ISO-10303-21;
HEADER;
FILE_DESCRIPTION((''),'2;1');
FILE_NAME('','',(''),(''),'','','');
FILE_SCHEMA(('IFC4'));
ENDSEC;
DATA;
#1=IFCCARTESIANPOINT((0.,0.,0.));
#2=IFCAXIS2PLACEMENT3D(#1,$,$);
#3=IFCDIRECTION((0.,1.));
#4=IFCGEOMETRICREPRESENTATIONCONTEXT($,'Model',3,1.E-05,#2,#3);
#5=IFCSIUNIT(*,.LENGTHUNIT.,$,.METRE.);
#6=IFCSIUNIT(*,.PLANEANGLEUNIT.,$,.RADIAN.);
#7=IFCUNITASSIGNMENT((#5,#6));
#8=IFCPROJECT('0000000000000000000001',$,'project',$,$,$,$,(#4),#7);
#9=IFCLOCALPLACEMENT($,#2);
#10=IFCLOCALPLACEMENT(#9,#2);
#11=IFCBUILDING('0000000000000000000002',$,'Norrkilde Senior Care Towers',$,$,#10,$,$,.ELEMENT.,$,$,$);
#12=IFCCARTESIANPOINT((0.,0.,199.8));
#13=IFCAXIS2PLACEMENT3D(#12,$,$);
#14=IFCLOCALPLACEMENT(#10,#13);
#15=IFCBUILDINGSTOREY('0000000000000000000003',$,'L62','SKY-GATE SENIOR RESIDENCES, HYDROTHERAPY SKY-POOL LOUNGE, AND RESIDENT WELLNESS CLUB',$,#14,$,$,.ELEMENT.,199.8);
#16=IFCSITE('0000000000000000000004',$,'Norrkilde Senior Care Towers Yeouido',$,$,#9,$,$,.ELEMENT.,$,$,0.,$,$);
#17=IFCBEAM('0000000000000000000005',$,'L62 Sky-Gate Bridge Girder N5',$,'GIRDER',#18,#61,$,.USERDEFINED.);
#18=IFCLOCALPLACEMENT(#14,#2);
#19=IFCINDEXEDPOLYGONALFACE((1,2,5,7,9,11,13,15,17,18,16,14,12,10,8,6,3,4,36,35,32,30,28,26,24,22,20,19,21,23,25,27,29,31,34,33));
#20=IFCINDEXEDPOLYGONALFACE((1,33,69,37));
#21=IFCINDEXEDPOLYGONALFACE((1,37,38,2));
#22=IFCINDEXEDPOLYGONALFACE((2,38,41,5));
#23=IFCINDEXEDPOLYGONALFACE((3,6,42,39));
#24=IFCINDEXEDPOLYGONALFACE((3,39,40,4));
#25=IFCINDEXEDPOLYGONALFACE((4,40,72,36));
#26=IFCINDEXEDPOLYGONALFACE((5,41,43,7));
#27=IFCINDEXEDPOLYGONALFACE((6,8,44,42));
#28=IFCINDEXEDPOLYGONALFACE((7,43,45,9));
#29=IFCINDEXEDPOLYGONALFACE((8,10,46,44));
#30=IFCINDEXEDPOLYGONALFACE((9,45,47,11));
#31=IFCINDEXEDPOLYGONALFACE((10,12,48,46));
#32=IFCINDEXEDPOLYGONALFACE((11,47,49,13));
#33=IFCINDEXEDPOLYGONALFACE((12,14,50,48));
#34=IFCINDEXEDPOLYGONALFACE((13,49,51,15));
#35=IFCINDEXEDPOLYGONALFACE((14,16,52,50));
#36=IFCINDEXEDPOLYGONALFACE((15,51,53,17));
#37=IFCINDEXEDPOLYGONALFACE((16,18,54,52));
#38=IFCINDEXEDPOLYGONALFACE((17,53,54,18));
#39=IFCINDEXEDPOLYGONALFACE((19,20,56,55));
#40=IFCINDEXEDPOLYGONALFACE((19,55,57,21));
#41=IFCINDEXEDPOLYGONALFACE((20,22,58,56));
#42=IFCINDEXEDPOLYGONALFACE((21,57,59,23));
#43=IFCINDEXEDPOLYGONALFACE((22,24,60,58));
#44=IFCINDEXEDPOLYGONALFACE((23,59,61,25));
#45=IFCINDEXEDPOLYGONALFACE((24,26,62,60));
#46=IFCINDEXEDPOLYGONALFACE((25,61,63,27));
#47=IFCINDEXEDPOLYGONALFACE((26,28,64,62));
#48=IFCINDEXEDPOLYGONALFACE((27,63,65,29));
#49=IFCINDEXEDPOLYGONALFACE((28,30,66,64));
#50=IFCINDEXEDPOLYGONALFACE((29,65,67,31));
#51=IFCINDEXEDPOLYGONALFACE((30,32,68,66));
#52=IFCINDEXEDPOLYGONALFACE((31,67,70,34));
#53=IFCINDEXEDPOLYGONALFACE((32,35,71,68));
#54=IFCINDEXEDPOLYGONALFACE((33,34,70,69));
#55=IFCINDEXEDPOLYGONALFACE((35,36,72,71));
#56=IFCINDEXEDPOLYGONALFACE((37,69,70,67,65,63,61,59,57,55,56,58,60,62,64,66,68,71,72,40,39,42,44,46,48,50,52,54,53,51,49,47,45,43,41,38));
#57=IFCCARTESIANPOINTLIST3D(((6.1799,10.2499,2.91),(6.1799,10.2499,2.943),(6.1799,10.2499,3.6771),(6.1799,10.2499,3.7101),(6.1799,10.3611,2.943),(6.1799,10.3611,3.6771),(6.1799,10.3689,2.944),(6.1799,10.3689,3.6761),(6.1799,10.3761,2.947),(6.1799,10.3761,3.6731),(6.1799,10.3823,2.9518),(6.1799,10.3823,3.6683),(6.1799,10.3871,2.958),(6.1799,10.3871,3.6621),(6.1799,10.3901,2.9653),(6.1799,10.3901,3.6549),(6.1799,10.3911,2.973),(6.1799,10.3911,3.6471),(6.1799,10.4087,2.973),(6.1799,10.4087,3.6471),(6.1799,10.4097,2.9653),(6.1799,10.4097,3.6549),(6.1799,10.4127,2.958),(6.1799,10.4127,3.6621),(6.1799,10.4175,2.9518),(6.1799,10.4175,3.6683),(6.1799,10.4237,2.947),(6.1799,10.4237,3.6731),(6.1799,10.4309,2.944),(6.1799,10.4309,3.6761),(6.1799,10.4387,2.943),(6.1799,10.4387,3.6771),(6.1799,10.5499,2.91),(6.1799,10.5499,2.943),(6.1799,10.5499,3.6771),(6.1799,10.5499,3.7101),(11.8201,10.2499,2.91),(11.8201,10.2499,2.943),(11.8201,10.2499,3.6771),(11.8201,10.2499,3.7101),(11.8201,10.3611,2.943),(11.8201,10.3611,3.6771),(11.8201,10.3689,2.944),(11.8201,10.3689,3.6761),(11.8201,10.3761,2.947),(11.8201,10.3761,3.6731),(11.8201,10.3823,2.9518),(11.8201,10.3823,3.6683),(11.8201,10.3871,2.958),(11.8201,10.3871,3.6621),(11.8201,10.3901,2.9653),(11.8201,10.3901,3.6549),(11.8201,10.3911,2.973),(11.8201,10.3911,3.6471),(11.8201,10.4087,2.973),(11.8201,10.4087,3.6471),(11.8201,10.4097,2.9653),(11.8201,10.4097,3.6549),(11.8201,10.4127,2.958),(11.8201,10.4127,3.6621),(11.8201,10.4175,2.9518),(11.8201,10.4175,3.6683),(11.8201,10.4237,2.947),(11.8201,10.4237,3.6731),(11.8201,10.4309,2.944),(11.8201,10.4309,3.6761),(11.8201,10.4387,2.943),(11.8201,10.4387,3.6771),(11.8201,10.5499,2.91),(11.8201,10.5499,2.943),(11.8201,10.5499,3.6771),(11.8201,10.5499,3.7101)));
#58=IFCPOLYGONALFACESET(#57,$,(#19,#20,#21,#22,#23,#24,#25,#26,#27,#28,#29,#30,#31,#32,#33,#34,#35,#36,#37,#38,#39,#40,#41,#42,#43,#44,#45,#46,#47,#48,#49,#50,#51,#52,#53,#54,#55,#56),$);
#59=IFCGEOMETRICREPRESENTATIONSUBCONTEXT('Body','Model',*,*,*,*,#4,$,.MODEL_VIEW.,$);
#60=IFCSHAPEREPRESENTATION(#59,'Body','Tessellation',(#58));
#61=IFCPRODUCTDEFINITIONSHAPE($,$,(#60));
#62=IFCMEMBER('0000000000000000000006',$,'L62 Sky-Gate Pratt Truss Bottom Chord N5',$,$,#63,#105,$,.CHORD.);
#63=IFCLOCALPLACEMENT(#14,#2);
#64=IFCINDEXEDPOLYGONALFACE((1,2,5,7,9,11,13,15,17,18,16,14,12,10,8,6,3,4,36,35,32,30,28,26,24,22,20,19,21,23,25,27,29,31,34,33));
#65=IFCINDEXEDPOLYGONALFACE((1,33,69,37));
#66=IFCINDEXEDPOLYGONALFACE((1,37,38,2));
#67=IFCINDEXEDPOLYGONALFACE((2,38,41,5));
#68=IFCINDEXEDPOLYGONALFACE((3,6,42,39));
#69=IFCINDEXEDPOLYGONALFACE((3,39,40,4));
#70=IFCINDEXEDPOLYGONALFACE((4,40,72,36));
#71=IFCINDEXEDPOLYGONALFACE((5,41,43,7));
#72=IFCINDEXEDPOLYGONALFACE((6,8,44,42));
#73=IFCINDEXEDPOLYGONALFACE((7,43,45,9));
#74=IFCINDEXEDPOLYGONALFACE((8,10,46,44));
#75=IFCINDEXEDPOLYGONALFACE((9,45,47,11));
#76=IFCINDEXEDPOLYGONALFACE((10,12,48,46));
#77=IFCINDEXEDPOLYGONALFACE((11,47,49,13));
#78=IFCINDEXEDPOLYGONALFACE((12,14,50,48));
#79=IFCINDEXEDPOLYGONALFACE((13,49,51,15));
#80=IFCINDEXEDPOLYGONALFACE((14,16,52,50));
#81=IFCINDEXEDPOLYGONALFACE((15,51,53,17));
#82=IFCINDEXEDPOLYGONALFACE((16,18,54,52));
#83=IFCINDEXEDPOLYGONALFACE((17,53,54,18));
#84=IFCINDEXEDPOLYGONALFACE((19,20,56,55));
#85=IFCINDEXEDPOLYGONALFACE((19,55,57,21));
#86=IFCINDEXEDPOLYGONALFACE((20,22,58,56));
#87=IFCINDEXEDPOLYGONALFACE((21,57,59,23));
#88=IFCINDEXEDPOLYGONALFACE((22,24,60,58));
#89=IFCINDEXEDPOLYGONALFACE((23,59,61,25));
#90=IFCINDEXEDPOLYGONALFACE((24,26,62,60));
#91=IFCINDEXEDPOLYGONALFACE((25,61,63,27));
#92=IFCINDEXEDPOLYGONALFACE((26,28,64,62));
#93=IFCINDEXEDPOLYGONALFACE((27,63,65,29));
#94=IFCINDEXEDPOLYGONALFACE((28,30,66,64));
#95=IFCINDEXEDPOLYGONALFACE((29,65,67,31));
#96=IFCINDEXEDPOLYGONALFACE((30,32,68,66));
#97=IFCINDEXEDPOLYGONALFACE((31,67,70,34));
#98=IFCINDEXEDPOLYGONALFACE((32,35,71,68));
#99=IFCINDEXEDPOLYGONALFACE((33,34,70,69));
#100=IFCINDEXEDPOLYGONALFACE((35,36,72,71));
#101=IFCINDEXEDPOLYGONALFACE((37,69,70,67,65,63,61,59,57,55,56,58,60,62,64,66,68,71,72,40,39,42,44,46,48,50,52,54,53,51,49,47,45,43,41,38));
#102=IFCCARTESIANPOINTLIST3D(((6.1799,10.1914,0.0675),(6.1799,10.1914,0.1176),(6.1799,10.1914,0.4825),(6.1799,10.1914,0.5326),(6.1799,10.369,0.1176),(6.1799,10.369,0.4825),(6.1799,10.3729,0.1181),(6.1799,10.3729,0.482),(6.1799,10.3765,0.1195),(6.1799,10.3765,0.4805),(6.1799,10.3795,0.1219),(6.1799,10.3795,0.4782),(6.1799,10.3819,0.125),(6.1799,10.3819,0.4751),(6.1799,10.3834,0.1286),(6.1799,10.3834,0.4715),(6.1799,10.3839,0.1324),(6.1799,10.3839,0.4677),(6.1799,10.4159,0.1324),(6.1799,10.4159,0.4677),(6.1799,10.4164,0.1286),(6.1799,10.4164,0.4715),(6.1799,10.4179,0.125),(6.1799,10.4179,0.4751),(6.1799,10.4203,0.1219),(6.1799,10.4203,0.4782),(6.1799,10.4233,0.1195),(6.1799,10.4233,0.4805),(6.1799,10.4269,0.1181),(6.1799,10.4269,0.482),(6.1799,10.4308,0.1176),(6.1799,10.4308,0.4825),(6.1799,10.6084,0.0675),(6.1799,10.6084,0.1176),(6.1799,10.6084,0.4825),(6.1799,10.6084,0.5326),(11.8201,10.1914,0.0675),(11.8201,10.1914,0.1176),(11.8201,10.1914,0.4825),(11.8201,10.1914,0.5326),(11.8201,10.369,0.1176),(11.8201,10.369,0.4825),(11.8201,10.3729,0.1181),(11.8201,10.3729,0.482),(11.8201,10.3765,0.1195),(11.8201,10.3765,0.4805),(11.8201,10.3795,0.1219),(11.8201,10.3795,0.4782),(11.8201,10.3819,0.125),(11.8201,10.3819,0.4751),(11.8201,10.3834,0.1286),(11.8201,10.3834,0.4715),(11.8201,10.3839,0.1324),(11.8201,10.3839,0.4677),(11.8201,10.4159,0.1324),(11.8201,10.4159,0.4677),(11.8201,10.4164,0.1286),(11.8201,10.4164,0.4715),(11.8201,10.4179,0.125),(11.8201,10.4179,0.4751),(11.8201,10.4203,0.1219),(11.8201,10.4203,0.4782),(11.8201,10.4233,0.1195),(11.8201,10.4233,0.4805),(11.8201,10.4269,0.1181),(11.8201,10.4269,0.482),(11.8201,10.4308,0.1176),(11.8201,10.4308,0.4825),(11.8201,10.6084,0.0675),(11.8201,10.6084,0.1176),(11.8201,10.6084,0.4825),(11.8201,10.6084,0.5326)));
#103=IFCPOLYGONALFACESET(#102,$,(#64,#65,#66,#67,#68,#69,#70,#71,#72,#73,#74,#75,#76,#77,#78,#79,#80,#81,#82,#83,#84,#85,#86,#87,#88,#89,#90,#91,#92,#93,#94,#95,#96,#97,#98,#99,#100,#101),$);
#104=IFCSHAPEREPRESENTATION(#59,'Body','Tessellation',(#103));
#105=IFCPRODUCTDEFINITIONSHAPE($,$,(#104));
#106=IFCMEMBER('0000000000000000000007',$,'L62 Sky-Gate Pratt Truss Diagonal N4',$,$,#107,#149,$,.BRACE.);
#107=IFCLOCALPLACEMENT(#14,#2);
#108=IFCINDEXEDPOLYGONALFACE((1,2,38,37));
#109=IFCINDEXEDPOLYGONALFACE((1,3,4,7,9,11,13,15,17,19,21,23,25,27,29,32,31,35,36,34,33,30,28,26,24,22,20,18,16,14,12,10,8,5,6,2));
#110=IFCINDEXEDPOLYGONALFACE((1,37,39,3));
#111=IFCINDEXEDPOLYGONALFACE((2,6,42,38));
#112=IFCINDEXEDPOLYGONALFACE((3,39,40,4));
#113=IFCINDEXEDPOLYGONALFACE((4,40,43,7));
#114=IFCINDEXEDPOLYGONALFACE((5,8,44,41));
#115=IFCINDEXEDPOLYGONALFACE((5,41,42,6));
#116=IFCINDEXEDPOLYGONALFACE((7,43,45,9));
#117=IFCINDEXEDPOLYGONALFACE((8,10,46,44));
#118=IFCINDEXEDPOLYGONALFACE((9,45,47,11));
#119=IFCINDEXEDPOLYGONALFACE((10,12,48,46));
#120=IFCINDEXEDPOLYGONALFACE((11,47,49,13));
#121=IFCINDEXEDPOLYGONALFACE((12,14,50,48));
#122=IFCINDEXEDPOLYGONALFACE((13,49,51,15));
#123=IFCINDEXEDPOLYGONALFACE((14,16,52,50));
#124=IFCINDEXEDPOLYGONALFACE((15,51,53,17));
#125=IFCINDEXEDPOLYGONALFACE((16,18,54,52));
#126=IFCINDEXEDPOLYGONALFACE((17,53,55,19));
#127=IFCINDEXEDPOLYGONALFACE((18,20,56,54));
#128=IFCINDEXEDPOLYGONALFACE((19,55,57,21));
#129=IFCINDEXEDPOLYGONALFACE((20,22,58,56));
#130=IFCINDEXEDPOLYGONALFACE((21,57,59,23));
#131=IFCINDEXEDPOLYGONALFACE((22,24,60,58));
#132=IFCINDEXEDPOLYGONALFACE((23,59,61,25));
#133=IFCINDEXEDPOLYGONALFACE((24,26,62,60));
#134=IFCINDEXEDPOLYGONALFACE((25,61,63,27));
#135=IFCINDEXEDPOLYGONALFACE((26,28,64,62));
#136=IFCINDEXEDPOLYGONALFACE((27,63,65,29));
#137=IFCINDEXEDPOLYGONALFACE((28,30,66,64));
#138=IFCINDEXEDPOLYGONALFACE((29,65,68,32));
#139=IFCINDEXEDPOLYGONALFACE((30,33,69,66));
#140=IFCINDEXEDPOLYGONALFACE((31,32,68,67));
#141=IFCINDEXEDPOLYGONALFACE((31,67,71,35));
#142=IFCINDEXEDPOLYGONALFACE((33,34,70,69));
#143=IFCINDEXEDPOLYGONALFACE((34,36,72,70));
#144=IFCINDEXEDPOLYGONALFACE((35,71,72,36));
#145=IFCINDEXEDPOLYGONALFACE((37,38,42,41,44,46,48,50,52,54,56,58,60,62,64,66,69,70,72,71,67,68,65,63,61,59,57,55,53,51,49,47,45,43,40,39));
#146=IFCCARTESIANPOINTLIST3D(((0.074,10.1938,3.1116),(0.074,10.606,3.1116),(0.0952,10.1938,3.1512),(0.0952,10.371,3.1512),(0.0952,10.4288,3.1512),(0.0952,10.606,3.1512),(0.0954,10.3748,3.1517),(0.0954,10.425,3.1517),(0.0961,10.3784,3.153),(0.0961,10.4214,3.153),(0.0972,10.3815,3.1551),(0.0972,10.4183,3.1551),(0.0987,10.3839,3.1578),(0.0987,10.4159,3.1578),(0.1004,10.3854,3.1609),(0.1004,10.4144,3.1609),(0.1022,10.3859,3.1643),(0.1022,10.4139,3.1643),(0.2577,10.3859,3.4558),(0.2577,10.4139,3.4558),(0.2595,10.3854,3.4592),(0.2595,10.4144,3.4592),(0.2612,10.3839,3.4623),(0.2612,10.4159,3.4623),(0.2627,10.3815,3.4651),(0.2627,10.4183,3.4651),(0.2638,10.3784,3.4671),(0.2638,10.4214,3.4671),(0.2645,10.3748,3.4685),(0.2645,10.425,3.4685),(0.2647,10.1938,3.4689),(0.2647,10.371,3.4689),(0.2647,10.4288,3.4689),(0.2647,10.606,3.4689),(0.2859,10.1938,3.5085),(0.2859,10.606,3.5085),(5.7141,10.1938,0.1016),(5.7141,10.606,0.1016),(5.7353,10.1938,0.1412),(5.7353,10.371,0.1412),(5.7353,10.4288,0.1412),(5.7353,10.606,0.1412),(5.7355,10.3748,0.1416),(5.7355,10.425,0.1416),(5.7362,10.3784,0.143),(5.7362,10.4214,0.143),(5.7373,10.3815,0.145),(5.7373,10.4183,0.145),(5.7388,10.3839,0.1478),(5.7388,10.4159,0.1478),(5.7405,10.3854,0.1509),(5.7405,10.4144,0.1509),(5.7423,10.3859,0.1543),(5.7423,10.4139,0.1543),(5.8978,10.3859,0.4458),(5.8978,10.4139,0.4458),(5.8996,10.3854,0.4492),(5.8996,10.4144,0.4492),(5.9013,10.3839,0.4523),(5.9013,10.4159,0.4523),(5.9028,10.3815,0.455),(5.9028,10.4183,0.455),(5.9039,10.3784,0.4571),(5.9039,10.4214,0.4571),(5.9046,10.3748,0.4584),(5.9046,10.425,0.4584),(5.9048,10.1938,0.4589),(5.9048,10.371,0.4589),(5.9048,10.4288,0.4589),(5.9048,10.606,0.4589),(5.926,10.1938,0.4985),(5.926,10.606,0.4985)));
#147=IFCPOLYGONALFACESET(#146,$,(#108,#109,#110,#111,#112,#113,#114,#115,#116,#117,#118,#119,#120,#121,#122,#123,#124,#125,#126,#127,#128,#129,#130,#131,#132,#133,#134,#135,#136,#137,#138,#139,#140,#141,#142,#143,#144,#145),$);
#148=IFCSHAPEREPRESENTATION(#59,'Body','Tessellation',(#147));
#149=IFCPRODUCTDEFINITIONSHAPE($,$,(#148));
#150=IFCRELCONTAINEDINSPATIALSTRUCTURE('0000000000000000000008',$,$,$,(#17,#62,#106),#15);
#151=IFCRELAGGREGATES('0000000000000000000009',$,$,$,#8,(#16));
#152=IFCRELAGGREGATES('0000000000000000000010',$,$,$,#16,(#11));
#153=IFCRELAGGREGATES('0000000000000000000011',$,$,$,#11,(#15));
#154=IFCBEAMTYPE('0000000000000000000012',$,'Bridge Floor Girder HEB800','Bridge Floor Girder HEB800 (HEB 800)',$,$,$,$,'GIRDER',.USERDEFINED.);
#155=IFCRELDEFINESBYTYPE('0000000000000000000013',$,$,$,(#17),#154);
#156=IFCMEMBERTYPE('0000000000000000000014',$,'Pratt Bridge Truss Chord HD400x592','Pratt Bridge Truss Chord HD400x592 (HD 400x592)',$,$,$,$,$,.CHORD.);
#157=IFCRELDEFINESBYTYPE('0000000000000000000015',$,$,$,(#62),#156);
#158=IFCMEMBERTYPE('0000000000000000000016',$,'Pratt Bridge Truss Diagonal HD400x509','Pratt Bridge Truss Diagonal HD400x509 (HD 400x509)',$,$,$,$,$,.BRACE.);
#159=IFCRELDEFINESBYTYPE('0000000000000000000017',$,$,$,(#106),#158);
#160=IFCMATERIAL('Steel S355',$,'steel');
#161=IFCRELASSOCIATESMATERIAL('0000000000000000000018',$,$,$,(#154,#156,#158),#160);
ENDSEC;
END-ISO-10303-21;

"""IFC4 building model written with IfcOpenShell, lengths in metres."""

from ifc_helpers import new_model, si_unit, direction, frame, origin, origin_2d, place, context, subcontext, project, spatial, i_section, extrude, source, transform, mapped, material, material_profile, profile_set, type_object, type_shapes, element, save


model = new_model("IFC4")

# Units and contexts
model_context = context("Model", 3, precision=1e-05, world=origin(), true_north=direction((0.0, 1.0)))
body_context = subcontext(model_context, "Body", "Model", "MODEL_VIEW")
ifc_project = project(units=[si_unit("LENGTHUNIT", "METRE"), si_unit("PLANEANGLEUNIT", "RADIAN")], contexts=[model_context])

# Site, building, storey
site_placement = place(None, origin())
site = spatial("IfcSite", under=ifc_project, at=site_placement, Name="Norrkilde Senior Care Towers Yeouido", CompositionType="ELEMENT", RefElevation=0.0)
building_placement = place(site_placement, origin())
building = spatial("IfcBuilding", under=site, at=building_placement, Name="Norrkilde Senior Care Towers", CompositionType="ELEMENT")
storey_placement = place(building_placement, frame((0.0, 0.0, 199.8)))
storey = spatial("IfcBuildingStorey", under=building, at=storey_placement, Name="L62", Description="SKY-GATE SENIOR RESIDENCES, HYDROTHERAPY SKY-POOL LOUNGE, AND RESIDENT WELLNESS CLUB", CompositionType="ELEMENT", Elevation=199.8)

# Shared definitions
ifc_material_1 = material(Name="Steel S355", Category="steel")

# Beam
ifc_material_profile_1 = material_profile(ifc_material_1, i_section(OverallWidth=0.3, OverallDepth=0.8, WebThickness=0.0176, FlangeThickness=0.033, FilletRadius=0.03, at=origin_2d()), Name="HEB 800")
ifc_profile_set_1 = profile_set([ifc_material_profile_1], Name="Steel S355")
beam_type_1 = type_object("IfcBeamType", Name="Bridge Floor Girder HEB800", Description="Bridge Floor Girder HEB800 (HEB 800)", ElementType="GIRDER", PredefinedType="USERDEFINED", material=ifc_profile_set_1)
shared_shape_1 = source(origin(), body_context, "Body", "SweptSolid", [
    extrude(i_section(OverallWidth=0.3, OverallDepth=0.8, WebThickness=0.0176, FlangeThickness=0.033, FilletRadius=0.03, at=origin_2d()), origin(), (0.0, 0.0, 1.0), 5.6401),
])
type_shapes(beam_type_1, [shared_shape_1])
beam_1_placement = place(storey_placement, frame((6.1799, 10.3999, 3.3101), z_axis=(1.0, 0.0, 0.0), x_axis=(0.0, 1.0, 0.0)))
element("IfcBeam", 1, at=beam_1_placement, inside=storey, type_object=beam_type_1, Name="L62 Sky-Gate Bridge Girder N5", ObjectType="GIRDER", PredefinedType="USERDEFINED", context=body_context, shape_type="MappedRepresentation", body=[
    mapped(shared_shape_1, transform((0.0, 0.0, 0.0), x_axis=(1.0, 0.0, 0.0), y_axis=(0.0, 1.0, 0.0), z_axis=(0.0, 0.0, 1.0), scale=1.0)),
])

# Members
ifc_material_profile_2 = material_profile(ifc_material_1, i_section(OverallWidth=0.417, OverallDepth=0.4651, WebThickness=0.032, FlangeThickness=0.05, FilletRadius=0.0149, at=origin_2d()), Name="HD 400x592")
ifc_profile_set_2 = profile_set([ifc_material_profile_2], Name="Steel S355")
member_type_1 = type_object("IfcMemberType", Name="Pratt Bridge Truss Chord HD400x592", Description="Pratt Bridge Truss Chord HD400x592 (HD 400x592)", PredefinedType="CHORD", material=ifc_profile_set_2)
shared_shape_2 = source(origin(), body_context, "Body", "SweptSolid", [
    extrude(i_section(OverallWidth=0.417, OverallDepth=0.4651, WebThickness=0.032, FlangeThickness=0.05, FilletRadius=0.0149, at=origin_2d()), origin(), (0.0, 0.0, 1.0), 5.6401),
])
type_shapes(member_type_1, [shared_shape_2])
member_1_placement = place(storey_placement, frame((6.1799, 10.3999, 0.3), z_axis=(1.0, 0.0, 0.0), x_axis=(0.0, 1.0, 0.0)))
element("IfcMember", 2, at=member_1_placement, inside=storey, type_object=member_type_1, Name="L62 Sky-Gate Pratt Truss Bottom Chord N5", PredefinedType="CHORD", context=body_context, shape_type="MappedRepresentation", body=[
    mapped(shared_shape_2, transform((0.0, 0.0, 0.0), x_axis=(1.0, 0.0, 0.0), y_axis=(0.0, 1.0, 0.0), z_axis=(0.0, 0.0, 1.0), scale=1.0)),
])
ifc_material_profile_3 = material_profile(ifc_material_1, i_section(OverallWidth=0.4121, OverallDepth=0.45, WebThickness=0.0281, FlangeThickness=0.0449, FilletRadius=0.0149, at=origin_2d()), Name="HD 400x509")
ifc_profile_set_3 = profile_set([ifc_material_profile_3], Name="Steel S355")
member_type_2 = type_object("IfcMemberType", Name="Pratt Bridge Truss Diagonal HD400x509", Description="Pratt Bridge Truss Diagonal HD400x509 (HD 400x509)", PredefinedType="BRACE", material=ifc_profile_set_3)
shared_shape_3 = source(origin(), body_context, "Body", "SweptSolid", [
    extrude(i_section(OverallWidth=0.4121, OverallDepth=0.45, WebThickness=0.0281, FlangeThickness=0.0449, FilletRadius=0.0149, at=origin_2d()), origin(), (0.0, 0.0, 1.0), 6.3931),
])
type_shapes(member_type_2, [shared_shape_3])
for number, where, z_axis, x_axis, name in (
    (3, (5.8201, 10.3999, 0.3), (-0.882227, 0.0, 0.470824), (0.0, -1.0, 0.0), "L62 Sky-Gate Pratt Truss Diagonal N4"),
):
    element("IfcMember", number, at=place(storey_placement, frame(where, z_axis=z_axis, x_axis=x_axis)), inside=storey, type_object=member_type_2, Name=name, PredefinedType="BRACE", context=body_context, shape_type="MappedRepresentation", body=[
        mapped(shared_shape_3, transform((0.0, 0.0, 0.0), x_axis=(1.0, 0.0, 0.0), y_axis=(0.0, 1.0, 0.0), z_axis=(0.0, 0.0, 1.0), scale=1.0)),
    ])

save(model, "model.ifc")
